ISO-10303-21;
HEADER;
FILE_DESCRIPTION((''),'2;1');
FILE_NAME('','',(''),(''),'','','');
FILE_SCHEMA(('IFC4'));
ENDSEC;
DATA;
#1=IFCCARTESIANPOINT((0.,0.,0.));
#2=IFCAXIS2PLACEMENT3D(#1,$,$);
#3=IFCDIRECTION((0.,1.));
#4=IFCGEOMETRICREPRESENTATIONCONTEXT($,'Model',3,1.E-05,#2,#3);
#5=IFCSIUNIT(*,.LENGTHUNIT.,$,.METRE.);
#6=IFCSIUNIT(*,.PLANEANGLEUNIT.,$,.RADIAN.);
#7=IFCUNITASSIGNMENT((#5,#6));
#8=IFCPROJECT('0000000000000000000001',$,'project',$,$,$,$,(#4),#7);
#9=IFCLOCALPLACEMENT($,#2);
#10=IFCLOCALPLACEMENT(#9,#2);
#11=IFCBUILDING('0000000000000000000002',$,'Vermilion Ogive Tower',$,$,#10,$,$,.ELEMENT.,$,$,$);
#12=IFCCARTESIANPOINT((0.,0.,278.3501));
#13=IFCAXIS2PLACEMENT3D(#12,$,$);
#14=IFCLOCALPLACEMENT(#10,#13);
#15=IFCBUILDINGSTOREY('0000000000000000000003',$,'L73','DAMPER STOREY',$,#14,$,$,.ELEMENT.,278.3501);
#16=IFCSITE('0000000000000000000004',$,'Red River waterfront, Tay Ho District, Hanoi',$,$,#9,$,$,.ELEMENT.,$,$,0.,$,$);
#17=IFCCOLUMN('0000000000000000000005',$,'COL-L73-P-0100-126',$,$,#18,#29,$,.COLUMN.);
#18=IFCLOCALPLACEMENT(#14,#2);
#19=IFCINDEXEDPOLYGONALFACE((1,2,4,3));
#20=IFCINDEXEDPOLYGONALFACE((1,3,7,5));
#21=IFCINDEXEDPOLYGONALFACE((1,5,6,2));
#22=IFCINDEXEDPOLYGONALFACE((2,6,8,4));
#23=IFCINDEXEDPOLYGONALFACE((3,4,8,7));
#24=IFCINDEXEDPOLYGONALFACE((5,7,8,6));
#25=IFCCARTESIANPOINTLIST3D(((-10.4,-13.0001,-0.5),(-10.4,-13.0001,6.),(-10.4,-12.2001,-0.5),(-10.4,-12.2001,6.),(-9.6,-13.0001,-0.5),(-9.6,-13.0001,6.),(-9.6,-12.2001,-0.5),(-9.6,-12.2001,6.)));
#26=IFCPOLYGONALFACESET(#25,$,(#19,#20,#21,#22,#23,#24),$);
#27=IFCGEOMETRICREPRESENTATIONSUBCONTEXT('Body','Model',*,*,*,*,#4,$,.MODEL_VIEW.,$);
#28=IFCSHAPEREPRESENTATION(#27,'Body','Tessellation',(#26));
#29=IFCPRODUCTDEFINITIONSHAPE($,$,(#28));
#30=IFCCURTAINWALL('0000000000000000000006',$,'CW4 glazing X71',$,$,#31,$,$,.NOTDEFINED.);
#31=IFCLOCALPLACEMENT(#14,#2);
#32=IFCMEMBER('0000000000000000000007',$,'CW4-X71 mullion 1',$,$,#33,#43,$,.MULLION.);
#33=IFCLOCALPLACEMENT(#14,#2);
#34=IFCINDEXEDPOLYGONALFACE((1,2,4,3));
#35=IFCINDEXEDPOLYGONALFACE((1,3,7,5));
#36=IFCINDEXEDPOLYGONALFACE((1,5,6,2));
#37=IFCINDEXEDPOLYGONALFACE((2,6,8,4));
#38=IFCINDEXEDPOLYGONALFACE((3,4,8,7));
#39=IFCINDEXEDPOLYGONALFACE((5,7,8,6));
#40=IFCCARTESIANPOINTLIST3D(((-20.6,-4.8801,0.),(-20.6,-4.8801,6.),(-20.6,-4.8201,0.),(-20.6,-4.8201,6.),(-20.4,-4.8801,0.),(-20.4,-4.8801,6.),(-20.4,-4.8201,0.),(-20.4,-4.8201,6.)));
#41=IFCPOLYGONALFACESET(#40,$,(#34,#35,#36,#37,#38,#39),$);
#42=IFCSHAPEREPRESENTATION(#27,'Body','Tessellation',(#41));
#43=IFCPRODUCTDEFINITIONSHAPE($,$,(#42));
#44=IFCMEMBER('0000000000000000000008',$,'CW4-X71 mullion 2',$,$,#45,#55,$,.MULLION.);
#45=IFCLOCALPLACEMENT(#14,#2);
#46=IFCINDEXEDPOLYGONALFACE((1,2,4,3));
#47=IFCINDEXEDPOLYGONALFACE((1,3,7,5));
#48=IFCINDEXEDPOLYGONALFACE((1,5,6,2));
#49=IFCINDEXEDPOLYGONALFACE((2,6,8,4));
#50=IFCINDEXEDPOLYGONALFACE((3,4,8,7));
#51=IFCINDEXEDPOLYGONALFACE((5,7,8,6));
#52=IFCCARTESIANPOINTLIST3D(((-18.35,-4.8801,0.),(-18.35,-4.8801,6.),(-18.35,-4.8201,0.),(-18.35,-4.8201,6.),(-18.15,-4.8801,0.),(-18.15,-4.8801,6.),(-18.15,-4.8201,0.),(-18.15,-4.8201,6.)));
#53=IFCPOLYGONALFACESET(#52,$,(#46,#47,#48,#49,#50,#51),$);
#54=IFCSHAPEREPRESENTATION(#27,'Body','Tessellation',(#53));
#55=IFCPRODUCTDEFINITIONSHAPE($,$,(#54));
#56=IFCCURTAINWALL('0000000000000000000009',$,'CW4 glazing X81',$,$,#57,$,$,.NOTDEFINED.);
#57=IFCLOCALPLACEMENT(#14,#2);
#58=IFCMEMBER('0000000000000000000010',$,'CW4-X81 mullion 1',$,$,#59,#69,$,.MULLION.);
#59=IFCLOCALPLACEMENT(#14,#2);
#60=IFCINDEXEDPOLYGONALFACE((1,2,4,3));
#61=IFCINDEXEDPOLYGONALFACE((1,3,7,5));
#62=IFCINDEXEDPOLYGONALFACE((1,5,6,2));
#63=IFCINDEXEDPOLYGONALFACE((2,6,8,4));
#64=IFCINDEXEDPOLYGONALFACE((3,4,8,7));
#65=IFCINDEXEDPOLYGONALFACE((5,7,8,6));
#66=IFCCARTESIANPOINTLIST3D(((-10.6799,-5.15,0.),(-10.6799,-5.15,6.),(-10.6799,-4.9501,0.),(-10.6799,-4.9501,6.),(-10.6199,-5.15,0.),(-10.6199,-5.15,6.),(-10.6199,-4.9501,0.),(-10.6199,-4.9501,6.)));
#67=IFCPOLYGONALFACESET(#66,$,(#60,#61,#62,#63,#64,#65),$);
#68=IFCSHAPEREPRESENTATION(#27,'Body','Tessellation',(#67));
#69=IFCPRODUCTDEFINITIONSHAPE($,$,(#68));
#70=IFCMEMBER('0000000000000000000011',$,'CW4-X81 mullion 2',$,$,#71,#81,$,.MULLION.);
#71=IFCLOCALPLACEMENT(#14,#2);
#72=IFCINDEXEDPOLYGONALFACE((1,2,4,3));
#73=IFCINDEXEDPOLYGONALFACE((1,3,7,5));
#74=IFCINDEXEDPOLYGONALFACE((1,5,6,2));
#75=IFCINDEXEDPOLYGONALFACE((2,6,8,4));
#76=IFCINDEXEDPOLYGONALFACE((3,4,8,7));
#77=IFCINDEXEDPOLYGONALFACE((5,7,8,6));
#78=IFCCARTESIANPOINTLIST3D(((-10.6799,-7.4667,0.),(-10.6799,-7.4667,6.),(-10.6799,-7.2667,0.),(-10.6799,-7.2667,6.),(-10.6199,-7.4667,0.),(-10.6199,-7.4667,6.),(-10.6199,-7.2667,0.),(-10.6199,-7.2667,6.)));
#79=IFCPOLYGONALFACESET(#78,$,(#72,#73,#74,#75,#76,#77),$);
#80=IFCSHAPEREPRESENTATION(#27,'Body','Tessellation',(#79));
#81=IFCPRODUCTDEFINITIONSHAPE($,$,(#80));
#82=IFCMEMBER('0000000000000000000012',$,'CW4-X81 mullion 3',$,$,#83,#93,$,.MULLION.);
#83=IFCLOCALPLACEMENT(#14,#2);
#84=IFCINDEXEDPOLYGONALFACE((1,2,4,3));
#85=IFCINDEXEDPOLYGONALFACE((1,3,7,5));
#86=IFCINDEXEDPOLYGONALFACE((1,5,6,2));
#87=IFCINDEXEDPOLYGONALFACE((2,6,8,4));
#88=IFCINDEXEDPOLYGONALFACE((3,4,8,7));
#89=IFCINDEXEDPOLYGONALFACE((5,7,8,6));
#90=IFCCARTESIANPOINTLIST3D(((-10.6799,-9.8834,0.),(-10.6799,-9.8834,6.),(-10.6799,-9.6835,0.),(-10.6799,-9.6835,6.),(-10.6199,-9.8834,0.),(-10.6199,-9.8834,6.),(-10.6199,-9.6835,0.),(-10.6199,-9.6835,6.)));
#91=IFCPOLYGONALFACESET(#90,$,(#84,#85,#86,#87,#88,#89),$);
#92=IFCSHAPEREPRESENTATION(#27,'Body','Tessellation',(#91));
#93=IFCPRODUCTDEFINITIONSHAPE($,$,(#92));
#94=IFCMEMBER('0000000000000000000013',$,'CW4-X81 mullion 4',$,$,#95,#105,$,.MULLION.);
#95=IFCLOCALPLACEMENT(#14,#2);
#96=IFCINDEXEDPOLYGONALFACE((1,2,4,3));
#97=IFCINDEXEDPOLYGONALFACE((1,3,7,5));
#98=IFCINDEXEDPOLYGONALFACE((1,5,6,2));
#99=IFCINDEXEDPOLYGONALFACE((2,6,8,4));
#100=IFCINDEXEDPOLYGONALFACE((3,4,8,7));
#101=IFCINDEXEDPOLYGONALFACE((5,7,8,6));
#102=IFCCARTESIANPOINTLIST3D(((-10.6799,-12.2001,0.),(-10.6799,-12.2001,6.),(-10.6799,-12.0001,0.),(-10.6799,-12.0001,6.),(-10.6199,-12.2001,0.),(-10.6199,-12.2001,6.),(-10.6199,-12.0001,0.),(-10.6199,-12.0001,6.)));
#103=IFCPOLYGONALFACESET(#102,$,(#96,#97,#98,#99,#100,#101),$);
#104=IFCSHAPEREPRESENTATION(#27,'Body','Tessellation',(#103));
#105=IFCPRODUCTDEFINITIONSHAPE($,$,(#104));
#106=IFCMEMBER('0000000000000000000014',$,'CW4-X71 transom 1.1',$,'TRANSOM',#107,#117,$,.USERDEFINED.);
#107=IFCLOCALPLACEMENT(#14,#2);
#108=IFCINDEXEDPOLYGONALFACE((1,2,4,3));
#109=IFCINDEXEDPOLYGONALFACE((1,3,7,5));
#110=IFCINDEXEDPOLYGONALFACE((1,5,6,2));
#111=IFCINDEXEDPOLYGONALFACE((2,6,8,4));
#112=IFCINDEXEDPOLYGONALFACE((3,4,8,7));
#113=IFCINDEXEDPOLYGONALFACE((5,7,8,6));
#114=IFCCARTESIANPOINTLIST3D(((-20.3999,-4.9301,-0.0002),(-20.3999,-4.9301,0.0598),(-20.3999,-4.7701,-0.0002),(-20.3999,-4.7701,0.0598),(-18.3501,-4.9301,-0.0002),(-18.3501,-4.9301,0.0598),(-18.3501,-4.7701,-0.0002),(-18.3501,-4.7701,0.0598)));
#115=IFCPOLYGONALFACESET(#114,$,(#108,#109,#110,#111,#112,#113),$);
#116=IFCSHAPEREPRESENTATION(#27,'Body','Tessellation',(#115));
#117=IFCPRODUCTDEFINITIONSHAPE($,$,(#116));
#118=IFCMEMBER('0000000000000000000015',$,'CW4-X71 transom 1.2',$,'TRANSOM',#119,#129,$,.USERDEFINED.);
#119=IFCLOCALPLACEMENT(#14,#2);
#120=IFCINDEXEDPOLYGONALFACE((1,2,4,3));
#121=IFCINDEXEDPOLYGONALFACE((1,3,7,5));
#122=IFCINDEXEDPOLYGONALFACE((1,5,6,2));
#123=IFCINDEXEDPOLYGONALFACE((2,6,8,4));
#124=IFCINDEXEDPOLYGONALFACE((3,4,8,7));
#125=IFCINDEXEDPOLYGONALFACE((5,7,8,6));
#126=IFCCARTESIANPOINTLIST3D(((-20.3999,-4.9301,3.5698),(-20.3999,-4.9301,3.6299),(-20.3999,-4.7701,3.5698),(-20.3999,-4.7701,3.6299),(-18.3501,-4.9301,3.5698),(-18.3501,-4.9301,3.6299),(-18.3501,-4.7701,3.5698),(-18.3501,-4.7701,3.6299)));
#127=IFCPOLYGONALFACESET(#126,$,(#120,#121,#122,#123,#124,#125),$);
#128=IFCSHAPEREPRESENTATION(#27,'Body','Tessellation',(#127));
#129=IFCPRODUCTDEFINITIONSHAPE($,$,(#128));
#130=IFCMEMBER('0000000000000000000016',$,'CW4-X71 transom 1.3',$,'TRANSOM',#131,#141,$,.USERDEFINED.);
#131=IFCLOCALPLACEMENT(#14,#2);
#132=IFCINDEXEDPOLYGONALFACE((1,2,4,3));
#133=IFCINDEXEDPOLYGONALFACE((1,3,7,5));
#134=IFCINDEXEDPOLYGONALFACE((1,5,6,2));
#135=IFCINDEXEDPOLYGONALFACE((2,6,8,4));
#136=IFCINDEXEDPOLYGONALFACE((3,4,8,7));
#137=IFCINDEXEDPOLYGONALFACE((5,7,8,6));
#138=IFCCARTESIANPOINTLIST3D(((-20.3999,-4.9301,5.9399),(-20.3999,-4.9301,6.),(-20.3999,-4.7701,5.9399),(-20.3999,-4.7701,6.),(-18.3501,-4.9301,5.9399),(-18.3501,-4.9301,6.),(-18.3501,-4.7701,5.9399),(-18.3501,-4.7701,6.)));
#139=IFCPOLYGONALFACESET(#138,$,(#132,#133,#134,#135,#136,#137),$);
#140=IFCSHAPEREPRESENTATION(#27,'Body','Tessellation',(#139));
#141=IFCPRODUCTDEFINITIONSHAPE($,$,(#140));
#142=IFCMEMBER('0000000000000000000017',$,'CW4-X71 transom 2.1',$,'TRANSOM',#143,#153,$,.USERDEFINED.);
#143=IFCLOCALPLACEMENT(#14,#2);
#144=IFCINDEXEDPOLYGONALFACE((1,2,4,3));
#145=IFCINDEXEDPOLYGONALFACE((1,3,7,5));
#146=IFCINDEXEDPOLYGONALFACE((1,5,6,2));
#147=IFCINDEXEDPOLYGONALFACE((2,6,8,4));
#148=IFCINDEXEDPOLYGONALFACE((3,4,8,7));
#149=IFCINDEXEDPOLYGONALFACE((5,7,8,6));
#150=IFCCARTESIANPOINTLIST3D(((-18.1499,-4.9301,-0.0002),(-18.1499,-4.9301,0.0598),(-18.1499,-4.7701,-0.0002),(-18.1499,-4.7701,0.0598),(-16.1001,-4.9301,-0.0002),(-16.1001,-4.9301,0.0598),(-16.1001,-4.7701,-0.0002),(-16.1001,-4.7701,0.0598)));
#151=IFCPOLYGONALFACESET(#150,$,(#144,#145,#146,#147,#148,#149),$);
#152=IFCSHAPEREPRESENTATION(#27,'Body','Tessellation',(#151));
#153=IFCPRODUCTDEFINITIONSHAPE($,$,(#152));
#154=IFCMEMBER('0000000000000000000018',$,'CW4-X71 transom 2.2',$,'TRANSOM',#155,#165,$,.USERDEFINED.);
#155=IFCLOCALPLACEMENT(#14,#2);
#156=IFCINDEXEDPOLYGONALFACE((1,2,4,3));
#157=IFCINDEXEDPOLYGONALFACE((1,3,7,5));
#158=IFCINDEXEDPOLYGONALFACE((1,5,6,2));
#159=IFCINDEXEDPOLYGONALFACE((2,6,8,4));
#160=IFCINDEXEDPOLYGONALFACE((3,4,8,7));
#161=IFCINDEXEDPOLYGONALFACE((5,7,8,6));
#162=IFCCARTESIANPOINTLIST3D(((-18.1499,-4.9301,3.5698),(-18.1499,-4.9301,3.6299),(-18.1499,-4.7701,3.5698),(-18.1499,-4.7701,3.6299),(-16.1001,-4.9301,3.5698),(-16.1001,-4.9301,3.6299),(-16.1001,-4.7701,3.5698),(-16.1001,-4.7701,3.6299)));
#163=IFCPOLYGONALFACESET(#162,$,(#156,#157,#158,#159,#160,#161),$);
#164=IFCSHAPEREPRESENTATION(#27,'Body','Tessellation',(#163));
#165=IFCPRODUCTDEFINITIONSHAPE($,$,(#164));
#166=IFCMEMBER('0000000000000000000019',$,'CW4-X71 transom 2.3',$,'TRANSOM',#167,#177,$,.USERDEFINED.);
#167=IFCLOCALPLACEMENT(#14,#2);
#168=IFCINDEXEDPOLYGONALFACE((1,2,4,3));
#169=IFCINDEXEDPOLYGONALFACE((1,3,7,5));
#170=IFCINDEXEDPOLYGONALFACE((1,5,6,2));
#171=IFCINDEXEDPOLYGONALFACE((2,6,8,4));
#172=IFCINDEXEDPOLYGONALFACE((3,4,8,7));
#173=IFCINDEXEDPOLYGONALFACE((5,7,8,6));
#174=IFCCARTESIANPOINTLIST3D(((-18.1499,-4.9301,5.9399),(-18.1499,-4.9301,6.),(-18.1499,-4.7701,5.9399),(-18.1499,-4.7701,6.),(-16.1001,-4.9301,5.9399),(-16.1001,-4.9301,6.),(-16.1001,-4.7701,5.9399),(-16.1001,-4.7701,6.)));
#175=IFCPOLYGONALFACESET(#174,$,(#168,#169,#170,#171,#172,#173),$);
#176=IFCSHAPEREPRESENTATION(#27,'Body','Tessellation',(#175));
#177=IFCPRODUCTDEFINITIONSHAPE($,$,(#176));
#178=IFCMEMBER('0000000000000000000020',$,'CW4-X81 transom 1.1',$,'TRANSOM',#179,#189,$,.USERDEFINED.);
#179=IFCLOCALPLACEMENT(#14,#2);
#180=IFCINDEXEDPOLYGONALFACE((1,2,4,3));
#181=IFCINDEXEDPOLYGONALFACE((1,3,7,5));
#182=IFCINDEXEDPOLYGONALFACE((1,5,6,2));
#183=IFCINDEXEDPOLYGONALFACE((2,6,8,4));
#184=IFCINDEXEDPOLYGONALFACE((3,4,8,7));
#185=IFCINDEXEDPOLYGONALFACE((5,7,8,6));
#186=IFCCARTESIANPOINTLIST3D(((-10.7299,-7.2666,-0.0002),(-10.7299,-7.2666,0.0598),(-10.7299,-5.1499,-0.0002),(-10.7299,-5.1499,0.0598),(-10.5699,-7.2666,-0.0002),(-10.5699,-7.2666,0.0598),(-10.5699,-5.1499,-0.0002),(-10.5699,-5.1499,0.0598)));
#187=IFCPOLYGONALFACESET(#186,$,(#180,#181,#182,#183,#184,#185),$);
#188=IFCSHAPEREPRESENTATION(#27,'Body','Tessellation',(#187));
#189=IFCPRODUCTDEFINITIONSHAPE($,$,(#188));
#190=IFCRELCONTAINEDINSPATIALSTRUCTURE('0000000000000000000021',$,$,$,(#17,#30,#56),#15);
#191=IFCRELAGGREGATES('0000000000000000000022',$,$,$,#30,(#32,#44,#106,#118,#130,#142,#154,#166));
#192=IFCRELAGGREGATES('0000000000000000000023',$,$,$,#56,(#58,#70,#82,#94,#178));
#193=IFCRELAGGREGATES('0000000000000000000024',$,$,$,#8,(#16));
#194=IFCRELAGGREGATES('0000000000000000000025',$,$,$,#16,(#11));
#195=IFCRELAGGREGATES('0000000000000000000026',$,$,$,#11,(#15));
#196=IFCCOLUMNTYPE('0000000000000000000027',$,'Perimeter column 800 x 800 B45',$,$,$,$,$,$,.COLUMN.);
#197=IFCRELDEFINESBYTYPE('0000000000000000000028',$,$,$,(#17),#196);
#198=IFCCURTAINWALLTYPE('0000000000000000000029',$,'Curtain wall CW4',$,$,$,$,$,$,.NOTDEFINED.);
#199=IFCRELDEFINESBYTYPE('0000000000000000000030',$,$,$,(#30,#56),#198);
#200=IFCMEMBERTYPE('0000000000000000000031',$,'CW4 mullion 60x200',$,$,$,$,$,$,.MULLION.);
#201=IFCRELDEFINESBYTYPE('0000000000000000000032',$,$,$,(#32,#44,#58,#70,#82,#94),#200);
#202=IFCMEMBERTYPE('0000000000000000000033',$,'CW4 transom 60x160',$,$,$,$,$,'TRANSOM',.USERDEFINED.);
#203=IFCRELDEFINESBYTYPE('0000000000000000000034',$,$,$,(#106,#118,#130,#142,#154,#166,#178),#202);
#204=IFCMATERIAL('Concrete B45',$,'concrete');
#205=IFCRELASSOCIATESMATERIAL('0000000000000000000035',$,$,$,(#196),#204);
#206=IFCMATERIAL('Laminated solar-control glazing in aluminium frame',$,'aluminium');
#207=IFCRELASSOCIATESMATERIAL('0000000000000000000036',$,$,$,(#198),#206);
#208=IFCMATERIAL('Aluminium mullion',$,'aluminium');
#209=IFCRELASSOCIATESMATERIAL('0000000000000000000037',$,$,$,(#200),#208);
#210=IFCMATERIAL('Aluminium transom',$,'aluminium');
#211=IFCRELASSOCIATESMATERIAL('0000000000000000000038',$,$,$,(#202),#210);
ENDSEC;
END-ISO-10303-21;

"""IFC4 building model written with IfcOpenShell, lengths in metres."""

from ifc_helpers import new_model, si_unit, direction, frame, origin, origin_2d, place, context, subcontext, project, spatial, rectangle, extrude, material, material_profile, profile_set, type_object, element, aggregate, save


model = new_model("IFC4")

# Units and contexts
model_context = context("Model", 3, precision=1e-05, world=origin(), true_north=direction((0.0, 1.0)))
body_context = subcontext(model_context, "Body", "Model", "MODEL_VIEW")
ifc_project = project(units=[si_unit("LENGTHUNIT", "METRE"), si_unit("PLANEANGLEUNIT", "RADIAN")], contexts=[model_context])

# Site, building, storey
site_placement = place(None, origin())
site = spatial("IfcSite", under=ifc_project, at=site_placement, Name="Red River waterfront, Tay Ho District, Hanoi", CompositionType="ELEMENT", RefElevation=0.0)
building_placement = place(site_placement, origin())
building = spatial("IfcBuilding", under=site, at=building_placement, Name="Vermilion Ogive Tower", CompositionType="ELEMENT")
storey_placement = place(building_placement, frame((0.0, 0.0, 278.3501)))
storey = spatial("IfcBuildingStorey", under=building, at=storey_placement, Name="L73", Description="DAMPER STOREY", CompositionType="ELEMENT", Elevation=278.3501)

# Column
ifc_material_1 = material(Name="Concrete B45", Category="concrete")
ifc_material_profile_1 = material_profile(ifc_material_1, rectangle(XDim=0.8, YDim=0.8, at=origin_2d()), Name="800 x 800")
ifc_profile_set_1 = profile_set([ifc_material_profile_1], Name="Concrete B45")
column_type = type_object("IfcColumnType", Name="Perimeter column 800 x 800 B45", PredefinedType="COLUMN", material=ifc_profile_set_1)
column_placement = place(storey_placement, frame((-10.0, -12.6001, -0.5), z_axis=(0.0, 0.0, 1.0), x_axis=(1.0, 0.0, 0.0)))
element("IfcColumn", 1, at=column_placement, inside=storey, type_object=column_type, Name="COL-L73-P-0100-126", PredefinedType="COLUMN", context=body_context, shape_type="SweptSolid", body=[
    extrude(rectangle(XDim=0.8, YDim=0.8, at=origin_2d()), origin(), (0.0, 0.0, 1.0), 6.5),
])

# Curtain walls, members
ifc_material_2 = material(Name="Laminated solar-control glazing in aluminium frame", Category="aluminium")
curtain_wall_type = type_object("IfcCurtainWallType", Name="Curtain wall CW4", PredefinedType="NOTDEFINED", material=ifc_material_2)
curtain_wall_1_placement = place(storey_placement, origin())
curtain_wall_1 = element("IfcCurtainWall", 2, at=curtain_wall_1_placement, inside=storey, type_object=curtain_wall_type, Name="CW4 glazing X71", PredefinedType="NOTDEFINED")
ifc_material_3 = material(Name="Aluminium mullion", Category="aluminium")
ifc_material_profile_2 = material_profile(ifc_material_3, rectangle(XDim=0.0601, YDim=0.2, at=origin_2d()), Name="AL 60x200")
ifc_profile_set_2 = profile_set([ifc_material_profile_2], Name="Aluminium mullion")
member_type_1 = type_object("IfcMemberType", Name="CW4 mullion 60x200", PredefinedType="MULLION", material=ifc_profile_set_2)
member_1_placement = place(storey_placement, frame((-20.5, -4.8501, 0.0), z_axis=(0.0, 0.0, 1.0), x_axis=(0.0, 1.0, 0.0)))
member_1 = element("IfcMember", 3, at=member_1_placement, type_object=member_type_1, Name="CW4-X71 mullion 1", PredefinedType="MULLION", context=body_context, shape_type="SweptSolid", body=[
    extrude(rectangle(XDim=0.0601, YDim=0.2, at=origin_2d()), origin(), (0.0, 0.0, 1.0), 6.0),
])
member_2_placement = place(storey_placement, frame((-18.25, -4.8501, 0.0), z_axis=(0.0, 0.0, 1.0), x_axis=(0.0, 1.0, 0.0)))
member_2 = element("IfcMember", 4, at=member_2_placement, type_object=member_type_1, Name="CW4-X71 mullion 2", PredefinedType="MULLION", context=body_context, shape_type="SweptSolid", body=[
    extrude(rectangle(XDim=0.0601, YDim=0.2, at=origin_2d()), origin(), (0.0, 0.0, 1.0), 6.0),
])
curtain_wall_2_placement = place(storey_placement, origin())
curtain_wall_2 = element("IfcCurtainWall", 5, at=curtain_wall_2_placement, inside=storey, type_object=curtain_wall_type, Name="CW4 glazing X81", PredefinedType="NOTDEFINED")
member_3_placement = place(storey_placement, frame((-10.6499, -5.05, 0.0), z_axis=(0.0, 0.0, 1.0), x_axis=(1.0, 0.0, 0.0)))
member_3 = element("IfcMember", 6, at=member_3_placement, type_object=member_type_1, Name="CW4-X81 mullion 1", PredefinedType="MULLION", context=body_context, shape_type="SweptSolid", body=[
    extrude(rectangle(XDim=0.0601, YDim=0.2, at=origin_2d()), origin(), (0.0, 0.0, 1.0), 6.0),
])
member_4_placement = place(storey_placement, frame((-10.6499, -7.3667, 0.0), z_axis=(0.0, 0.0, 1.0), x_axis=(1.0, 0.0, 0.0)))
member_4 = element("IfcMember", 7, at=member_4_placement, type_object=member_type_1, Name="CW4-X81 mullion 2", PredefinedType="MULLION", context=body_context, shape_type="SweptSolid", body=[
    extrude(rectangle(XDim=0.0601, YDim=0.2, at=origin_2d()), origin(), (0.0, 0.0, 1.0), 6.0),
])
member_5_placement = place(storey_placement, frame((-10.6499, -9.7834, 0.0), z_axis=(0.0, 0.0, 1.0), x_axis=(1.0, 0.0, 0.0)))
member_5 = element("IfcMember", 8, at=member_5_placement, type_object=member_type_1, Name="CW4-X81 mullion 3", PredefinedType="MULLION", context=body_context, shape_type="SweptSolid", body=[
    extrude(rectangle(XDim=0.0601, YDim=0.2, at=origin_2d()), origin(), (0.0, 0.0, 1.0), 6.0),
])
member_6_placement = place(storey_placement, frame((-10.6499, -12.1001, 0.0), z_axis=(0.0, 0.0, 1.0), x_axis=(1.0, 0.0, 0.0)))
member_6 = element("IfcMember", 9, at=member_6_placement, type_object=member_type_1, Name="CW4-X81 mullion 4", PredefinedType="MULLION", context=body_context, shape_type="SweptSolid", body=[
    extrude(rectangle(XDim=0.0601, YDim=0.2, at=origin_2d()), origin(), (0.0, 0.0, 1.0), 6.0),
])

# Members
ifc_material_4 = material(Name="Aluminium transom", Category="aluminium")
ifc_material_profile_3 = material_profile(ifc_material_4, rectangle(XDim=0.1599, YDim=0.0601, at=origin_2d()), Name="AL 60x160")
ifc_profile_set_3 = profile_set([ifc_material_profile_3], Name="Aluminium transom")
member_type_2 = type_object("IfcMemberType", Name="CW4 transom 60x160", ElementType="TRANSOM", PredefinedType="USERDEFINED", material=ifc_profile_set_3)
member_7_placement = place(storey_placement, frame((-20.3999, -4.8501, 0.0298), z_axis=(1.0, 0.0, 0.0), x_axis=(0.0, 1.0, 0.0)))
member_7 = element("IfcMember", 10, at=member_7_placement, type_object=member_type_2, Name="CW4-X71 transom 1.1", ObjectType="TRANSOM", PredefinedType="USERDEFINED", context=body_context, shape_type="SweptSolid", body=[
    extrude(rectangle(XDim=0.1599, YDim=0.0601, at=origin_2d()), origin(), (0.0, 0.0, 1.0), 2.0498),
])
member_8_placement = place(storey_placement, frame((-20.3999, -4.8501, 3.5999), z_axis=(1.0, 0.0, 0.0), x_axis=(0.0, 1.0, 0.0)))
member_8 = element("IfcMember", 11, at=member_8_placement, type_object=member_type_2, Name="CW4-X71 transom 1.2", ObjectType="TRANSOM", PredefinedType="USERDEFINED", context=body_context, shape_type="SweptSolid", body=[
    extrude(rectangle(XDim=0.1599, YDim=0.0601, at=origin_2d()), origin(), (0.0, 0.0, 1.0), 2.0498),
])
member_9_placement = place(storey_placement, frame((-20.3999, -4.8501, 5.97), z_axis=(1.0, 0.0, 0.0), x_axis=(0.0, 1.0, 0.0)))
member_9 = element("IfcMember", 12, at=member_9_placement, type_object=member_type_2, Name="CW4-X71 transom 1.3", ObjectType="TRANSOM", PredefinedType="USERDEFINED", context=body_context, shape_type="SweptSolid", body=[
    extrude(rectangle(XDim=0.1599, YDim=0.0601, at=origin_2d()), origin(), (0.0, 0.0, 1.0), 2.0498),
])
member_10_placement = place(storey_placement, frame((-18.1499, -4.8501, 0.0298), z_axis=(1.0, 0.0, 0.0), x_axis=(0.0, 1.0, 0.0)))
member_10 = element("IfcMember", 13, at=member_10_placement, type_object=member_type_2, Name="CW4-X71 transom 2.1", ObjectType="TRANSOM", PredefinedType="USERDEFINED", context=body_context, shape_type="SweptSolid", body=[
    extrude(rectangle(XDim=0.1599, YDim=0.0601, at=origin_2d()), origin(), (0.0, 0.0, 1.0), 2.0498),
])
member_11_placement = place(storey_placement, frame((-18.1499, -4.8501, 3.5999), z_axis=(1.0, 0.0, 0.0), x_axis=(0.0, 1.0, 0.0)))
member_11 = element("IfcMember", 14, at=member_11_placement, type_object=member_type_2, Name="CW4-X71 transom 2.2", ObjectType="TRANSOM", PredefinedType="USERDEFINED", context=body_context, shape_type="SweptSolid", body=[
    extrude(rectangle(XDim=0.1599, YDim=0.0601, at=origin_2d()), origin(), (0.0, 0.0, 1.0), 2.0498),
])
member_12_placement = place(storey_placement, frame((-18.1499, -4.8501, 5.97), z_axis=(1.0, 0.0, 0.0), x_axis=(0.0, 1.0, 0.0)))
member_12 = element("IfcMember", 15, at=member_12_placement, type_object=member_type_2, Name="CW4-X71 transom 2.3", ObjectType="TRANSOM", PredefinedType="USERDEFINED", context=body_context, shape_type="SweptSolid", body=[
    extrude(rectangle(XDim=0.1599, YDim=0.0601, at=origin_2d()), origin(), (0.0, 0.0, 1.0), 2.0498),
])
member_13_placement = place(storey_placement, frame((-10.6499, -5.1499, 0.0298), z_axis=(0.0, -1.0, 0.0), x_axis=(1.0, 0.0, 0.0)))
member_13 = element("IfcMember", 16, at=member_13_placement, type_object=member_type_2, Name="CW4-X81 transom 1.1", ObjectType="TRANSOM", PredefinedType="USERDEFINED", context=body_context, shape_type="SweptSolid", body=[
    extrude(rectangle(XDim=0.1599, YDim=0.0601, at=origin_2d()), origin(), (0.0, 0.0, 1.0), 2.1167),
])

aggregate(curtain_wall_1, [member_1, member_2, member_7, member_8, member_9, member_10, member_11, member_12])
aggregate(curtain_wall_2, [member_3, member_4, member_5, member_6, member_13])

save(model, "model.ifc")
